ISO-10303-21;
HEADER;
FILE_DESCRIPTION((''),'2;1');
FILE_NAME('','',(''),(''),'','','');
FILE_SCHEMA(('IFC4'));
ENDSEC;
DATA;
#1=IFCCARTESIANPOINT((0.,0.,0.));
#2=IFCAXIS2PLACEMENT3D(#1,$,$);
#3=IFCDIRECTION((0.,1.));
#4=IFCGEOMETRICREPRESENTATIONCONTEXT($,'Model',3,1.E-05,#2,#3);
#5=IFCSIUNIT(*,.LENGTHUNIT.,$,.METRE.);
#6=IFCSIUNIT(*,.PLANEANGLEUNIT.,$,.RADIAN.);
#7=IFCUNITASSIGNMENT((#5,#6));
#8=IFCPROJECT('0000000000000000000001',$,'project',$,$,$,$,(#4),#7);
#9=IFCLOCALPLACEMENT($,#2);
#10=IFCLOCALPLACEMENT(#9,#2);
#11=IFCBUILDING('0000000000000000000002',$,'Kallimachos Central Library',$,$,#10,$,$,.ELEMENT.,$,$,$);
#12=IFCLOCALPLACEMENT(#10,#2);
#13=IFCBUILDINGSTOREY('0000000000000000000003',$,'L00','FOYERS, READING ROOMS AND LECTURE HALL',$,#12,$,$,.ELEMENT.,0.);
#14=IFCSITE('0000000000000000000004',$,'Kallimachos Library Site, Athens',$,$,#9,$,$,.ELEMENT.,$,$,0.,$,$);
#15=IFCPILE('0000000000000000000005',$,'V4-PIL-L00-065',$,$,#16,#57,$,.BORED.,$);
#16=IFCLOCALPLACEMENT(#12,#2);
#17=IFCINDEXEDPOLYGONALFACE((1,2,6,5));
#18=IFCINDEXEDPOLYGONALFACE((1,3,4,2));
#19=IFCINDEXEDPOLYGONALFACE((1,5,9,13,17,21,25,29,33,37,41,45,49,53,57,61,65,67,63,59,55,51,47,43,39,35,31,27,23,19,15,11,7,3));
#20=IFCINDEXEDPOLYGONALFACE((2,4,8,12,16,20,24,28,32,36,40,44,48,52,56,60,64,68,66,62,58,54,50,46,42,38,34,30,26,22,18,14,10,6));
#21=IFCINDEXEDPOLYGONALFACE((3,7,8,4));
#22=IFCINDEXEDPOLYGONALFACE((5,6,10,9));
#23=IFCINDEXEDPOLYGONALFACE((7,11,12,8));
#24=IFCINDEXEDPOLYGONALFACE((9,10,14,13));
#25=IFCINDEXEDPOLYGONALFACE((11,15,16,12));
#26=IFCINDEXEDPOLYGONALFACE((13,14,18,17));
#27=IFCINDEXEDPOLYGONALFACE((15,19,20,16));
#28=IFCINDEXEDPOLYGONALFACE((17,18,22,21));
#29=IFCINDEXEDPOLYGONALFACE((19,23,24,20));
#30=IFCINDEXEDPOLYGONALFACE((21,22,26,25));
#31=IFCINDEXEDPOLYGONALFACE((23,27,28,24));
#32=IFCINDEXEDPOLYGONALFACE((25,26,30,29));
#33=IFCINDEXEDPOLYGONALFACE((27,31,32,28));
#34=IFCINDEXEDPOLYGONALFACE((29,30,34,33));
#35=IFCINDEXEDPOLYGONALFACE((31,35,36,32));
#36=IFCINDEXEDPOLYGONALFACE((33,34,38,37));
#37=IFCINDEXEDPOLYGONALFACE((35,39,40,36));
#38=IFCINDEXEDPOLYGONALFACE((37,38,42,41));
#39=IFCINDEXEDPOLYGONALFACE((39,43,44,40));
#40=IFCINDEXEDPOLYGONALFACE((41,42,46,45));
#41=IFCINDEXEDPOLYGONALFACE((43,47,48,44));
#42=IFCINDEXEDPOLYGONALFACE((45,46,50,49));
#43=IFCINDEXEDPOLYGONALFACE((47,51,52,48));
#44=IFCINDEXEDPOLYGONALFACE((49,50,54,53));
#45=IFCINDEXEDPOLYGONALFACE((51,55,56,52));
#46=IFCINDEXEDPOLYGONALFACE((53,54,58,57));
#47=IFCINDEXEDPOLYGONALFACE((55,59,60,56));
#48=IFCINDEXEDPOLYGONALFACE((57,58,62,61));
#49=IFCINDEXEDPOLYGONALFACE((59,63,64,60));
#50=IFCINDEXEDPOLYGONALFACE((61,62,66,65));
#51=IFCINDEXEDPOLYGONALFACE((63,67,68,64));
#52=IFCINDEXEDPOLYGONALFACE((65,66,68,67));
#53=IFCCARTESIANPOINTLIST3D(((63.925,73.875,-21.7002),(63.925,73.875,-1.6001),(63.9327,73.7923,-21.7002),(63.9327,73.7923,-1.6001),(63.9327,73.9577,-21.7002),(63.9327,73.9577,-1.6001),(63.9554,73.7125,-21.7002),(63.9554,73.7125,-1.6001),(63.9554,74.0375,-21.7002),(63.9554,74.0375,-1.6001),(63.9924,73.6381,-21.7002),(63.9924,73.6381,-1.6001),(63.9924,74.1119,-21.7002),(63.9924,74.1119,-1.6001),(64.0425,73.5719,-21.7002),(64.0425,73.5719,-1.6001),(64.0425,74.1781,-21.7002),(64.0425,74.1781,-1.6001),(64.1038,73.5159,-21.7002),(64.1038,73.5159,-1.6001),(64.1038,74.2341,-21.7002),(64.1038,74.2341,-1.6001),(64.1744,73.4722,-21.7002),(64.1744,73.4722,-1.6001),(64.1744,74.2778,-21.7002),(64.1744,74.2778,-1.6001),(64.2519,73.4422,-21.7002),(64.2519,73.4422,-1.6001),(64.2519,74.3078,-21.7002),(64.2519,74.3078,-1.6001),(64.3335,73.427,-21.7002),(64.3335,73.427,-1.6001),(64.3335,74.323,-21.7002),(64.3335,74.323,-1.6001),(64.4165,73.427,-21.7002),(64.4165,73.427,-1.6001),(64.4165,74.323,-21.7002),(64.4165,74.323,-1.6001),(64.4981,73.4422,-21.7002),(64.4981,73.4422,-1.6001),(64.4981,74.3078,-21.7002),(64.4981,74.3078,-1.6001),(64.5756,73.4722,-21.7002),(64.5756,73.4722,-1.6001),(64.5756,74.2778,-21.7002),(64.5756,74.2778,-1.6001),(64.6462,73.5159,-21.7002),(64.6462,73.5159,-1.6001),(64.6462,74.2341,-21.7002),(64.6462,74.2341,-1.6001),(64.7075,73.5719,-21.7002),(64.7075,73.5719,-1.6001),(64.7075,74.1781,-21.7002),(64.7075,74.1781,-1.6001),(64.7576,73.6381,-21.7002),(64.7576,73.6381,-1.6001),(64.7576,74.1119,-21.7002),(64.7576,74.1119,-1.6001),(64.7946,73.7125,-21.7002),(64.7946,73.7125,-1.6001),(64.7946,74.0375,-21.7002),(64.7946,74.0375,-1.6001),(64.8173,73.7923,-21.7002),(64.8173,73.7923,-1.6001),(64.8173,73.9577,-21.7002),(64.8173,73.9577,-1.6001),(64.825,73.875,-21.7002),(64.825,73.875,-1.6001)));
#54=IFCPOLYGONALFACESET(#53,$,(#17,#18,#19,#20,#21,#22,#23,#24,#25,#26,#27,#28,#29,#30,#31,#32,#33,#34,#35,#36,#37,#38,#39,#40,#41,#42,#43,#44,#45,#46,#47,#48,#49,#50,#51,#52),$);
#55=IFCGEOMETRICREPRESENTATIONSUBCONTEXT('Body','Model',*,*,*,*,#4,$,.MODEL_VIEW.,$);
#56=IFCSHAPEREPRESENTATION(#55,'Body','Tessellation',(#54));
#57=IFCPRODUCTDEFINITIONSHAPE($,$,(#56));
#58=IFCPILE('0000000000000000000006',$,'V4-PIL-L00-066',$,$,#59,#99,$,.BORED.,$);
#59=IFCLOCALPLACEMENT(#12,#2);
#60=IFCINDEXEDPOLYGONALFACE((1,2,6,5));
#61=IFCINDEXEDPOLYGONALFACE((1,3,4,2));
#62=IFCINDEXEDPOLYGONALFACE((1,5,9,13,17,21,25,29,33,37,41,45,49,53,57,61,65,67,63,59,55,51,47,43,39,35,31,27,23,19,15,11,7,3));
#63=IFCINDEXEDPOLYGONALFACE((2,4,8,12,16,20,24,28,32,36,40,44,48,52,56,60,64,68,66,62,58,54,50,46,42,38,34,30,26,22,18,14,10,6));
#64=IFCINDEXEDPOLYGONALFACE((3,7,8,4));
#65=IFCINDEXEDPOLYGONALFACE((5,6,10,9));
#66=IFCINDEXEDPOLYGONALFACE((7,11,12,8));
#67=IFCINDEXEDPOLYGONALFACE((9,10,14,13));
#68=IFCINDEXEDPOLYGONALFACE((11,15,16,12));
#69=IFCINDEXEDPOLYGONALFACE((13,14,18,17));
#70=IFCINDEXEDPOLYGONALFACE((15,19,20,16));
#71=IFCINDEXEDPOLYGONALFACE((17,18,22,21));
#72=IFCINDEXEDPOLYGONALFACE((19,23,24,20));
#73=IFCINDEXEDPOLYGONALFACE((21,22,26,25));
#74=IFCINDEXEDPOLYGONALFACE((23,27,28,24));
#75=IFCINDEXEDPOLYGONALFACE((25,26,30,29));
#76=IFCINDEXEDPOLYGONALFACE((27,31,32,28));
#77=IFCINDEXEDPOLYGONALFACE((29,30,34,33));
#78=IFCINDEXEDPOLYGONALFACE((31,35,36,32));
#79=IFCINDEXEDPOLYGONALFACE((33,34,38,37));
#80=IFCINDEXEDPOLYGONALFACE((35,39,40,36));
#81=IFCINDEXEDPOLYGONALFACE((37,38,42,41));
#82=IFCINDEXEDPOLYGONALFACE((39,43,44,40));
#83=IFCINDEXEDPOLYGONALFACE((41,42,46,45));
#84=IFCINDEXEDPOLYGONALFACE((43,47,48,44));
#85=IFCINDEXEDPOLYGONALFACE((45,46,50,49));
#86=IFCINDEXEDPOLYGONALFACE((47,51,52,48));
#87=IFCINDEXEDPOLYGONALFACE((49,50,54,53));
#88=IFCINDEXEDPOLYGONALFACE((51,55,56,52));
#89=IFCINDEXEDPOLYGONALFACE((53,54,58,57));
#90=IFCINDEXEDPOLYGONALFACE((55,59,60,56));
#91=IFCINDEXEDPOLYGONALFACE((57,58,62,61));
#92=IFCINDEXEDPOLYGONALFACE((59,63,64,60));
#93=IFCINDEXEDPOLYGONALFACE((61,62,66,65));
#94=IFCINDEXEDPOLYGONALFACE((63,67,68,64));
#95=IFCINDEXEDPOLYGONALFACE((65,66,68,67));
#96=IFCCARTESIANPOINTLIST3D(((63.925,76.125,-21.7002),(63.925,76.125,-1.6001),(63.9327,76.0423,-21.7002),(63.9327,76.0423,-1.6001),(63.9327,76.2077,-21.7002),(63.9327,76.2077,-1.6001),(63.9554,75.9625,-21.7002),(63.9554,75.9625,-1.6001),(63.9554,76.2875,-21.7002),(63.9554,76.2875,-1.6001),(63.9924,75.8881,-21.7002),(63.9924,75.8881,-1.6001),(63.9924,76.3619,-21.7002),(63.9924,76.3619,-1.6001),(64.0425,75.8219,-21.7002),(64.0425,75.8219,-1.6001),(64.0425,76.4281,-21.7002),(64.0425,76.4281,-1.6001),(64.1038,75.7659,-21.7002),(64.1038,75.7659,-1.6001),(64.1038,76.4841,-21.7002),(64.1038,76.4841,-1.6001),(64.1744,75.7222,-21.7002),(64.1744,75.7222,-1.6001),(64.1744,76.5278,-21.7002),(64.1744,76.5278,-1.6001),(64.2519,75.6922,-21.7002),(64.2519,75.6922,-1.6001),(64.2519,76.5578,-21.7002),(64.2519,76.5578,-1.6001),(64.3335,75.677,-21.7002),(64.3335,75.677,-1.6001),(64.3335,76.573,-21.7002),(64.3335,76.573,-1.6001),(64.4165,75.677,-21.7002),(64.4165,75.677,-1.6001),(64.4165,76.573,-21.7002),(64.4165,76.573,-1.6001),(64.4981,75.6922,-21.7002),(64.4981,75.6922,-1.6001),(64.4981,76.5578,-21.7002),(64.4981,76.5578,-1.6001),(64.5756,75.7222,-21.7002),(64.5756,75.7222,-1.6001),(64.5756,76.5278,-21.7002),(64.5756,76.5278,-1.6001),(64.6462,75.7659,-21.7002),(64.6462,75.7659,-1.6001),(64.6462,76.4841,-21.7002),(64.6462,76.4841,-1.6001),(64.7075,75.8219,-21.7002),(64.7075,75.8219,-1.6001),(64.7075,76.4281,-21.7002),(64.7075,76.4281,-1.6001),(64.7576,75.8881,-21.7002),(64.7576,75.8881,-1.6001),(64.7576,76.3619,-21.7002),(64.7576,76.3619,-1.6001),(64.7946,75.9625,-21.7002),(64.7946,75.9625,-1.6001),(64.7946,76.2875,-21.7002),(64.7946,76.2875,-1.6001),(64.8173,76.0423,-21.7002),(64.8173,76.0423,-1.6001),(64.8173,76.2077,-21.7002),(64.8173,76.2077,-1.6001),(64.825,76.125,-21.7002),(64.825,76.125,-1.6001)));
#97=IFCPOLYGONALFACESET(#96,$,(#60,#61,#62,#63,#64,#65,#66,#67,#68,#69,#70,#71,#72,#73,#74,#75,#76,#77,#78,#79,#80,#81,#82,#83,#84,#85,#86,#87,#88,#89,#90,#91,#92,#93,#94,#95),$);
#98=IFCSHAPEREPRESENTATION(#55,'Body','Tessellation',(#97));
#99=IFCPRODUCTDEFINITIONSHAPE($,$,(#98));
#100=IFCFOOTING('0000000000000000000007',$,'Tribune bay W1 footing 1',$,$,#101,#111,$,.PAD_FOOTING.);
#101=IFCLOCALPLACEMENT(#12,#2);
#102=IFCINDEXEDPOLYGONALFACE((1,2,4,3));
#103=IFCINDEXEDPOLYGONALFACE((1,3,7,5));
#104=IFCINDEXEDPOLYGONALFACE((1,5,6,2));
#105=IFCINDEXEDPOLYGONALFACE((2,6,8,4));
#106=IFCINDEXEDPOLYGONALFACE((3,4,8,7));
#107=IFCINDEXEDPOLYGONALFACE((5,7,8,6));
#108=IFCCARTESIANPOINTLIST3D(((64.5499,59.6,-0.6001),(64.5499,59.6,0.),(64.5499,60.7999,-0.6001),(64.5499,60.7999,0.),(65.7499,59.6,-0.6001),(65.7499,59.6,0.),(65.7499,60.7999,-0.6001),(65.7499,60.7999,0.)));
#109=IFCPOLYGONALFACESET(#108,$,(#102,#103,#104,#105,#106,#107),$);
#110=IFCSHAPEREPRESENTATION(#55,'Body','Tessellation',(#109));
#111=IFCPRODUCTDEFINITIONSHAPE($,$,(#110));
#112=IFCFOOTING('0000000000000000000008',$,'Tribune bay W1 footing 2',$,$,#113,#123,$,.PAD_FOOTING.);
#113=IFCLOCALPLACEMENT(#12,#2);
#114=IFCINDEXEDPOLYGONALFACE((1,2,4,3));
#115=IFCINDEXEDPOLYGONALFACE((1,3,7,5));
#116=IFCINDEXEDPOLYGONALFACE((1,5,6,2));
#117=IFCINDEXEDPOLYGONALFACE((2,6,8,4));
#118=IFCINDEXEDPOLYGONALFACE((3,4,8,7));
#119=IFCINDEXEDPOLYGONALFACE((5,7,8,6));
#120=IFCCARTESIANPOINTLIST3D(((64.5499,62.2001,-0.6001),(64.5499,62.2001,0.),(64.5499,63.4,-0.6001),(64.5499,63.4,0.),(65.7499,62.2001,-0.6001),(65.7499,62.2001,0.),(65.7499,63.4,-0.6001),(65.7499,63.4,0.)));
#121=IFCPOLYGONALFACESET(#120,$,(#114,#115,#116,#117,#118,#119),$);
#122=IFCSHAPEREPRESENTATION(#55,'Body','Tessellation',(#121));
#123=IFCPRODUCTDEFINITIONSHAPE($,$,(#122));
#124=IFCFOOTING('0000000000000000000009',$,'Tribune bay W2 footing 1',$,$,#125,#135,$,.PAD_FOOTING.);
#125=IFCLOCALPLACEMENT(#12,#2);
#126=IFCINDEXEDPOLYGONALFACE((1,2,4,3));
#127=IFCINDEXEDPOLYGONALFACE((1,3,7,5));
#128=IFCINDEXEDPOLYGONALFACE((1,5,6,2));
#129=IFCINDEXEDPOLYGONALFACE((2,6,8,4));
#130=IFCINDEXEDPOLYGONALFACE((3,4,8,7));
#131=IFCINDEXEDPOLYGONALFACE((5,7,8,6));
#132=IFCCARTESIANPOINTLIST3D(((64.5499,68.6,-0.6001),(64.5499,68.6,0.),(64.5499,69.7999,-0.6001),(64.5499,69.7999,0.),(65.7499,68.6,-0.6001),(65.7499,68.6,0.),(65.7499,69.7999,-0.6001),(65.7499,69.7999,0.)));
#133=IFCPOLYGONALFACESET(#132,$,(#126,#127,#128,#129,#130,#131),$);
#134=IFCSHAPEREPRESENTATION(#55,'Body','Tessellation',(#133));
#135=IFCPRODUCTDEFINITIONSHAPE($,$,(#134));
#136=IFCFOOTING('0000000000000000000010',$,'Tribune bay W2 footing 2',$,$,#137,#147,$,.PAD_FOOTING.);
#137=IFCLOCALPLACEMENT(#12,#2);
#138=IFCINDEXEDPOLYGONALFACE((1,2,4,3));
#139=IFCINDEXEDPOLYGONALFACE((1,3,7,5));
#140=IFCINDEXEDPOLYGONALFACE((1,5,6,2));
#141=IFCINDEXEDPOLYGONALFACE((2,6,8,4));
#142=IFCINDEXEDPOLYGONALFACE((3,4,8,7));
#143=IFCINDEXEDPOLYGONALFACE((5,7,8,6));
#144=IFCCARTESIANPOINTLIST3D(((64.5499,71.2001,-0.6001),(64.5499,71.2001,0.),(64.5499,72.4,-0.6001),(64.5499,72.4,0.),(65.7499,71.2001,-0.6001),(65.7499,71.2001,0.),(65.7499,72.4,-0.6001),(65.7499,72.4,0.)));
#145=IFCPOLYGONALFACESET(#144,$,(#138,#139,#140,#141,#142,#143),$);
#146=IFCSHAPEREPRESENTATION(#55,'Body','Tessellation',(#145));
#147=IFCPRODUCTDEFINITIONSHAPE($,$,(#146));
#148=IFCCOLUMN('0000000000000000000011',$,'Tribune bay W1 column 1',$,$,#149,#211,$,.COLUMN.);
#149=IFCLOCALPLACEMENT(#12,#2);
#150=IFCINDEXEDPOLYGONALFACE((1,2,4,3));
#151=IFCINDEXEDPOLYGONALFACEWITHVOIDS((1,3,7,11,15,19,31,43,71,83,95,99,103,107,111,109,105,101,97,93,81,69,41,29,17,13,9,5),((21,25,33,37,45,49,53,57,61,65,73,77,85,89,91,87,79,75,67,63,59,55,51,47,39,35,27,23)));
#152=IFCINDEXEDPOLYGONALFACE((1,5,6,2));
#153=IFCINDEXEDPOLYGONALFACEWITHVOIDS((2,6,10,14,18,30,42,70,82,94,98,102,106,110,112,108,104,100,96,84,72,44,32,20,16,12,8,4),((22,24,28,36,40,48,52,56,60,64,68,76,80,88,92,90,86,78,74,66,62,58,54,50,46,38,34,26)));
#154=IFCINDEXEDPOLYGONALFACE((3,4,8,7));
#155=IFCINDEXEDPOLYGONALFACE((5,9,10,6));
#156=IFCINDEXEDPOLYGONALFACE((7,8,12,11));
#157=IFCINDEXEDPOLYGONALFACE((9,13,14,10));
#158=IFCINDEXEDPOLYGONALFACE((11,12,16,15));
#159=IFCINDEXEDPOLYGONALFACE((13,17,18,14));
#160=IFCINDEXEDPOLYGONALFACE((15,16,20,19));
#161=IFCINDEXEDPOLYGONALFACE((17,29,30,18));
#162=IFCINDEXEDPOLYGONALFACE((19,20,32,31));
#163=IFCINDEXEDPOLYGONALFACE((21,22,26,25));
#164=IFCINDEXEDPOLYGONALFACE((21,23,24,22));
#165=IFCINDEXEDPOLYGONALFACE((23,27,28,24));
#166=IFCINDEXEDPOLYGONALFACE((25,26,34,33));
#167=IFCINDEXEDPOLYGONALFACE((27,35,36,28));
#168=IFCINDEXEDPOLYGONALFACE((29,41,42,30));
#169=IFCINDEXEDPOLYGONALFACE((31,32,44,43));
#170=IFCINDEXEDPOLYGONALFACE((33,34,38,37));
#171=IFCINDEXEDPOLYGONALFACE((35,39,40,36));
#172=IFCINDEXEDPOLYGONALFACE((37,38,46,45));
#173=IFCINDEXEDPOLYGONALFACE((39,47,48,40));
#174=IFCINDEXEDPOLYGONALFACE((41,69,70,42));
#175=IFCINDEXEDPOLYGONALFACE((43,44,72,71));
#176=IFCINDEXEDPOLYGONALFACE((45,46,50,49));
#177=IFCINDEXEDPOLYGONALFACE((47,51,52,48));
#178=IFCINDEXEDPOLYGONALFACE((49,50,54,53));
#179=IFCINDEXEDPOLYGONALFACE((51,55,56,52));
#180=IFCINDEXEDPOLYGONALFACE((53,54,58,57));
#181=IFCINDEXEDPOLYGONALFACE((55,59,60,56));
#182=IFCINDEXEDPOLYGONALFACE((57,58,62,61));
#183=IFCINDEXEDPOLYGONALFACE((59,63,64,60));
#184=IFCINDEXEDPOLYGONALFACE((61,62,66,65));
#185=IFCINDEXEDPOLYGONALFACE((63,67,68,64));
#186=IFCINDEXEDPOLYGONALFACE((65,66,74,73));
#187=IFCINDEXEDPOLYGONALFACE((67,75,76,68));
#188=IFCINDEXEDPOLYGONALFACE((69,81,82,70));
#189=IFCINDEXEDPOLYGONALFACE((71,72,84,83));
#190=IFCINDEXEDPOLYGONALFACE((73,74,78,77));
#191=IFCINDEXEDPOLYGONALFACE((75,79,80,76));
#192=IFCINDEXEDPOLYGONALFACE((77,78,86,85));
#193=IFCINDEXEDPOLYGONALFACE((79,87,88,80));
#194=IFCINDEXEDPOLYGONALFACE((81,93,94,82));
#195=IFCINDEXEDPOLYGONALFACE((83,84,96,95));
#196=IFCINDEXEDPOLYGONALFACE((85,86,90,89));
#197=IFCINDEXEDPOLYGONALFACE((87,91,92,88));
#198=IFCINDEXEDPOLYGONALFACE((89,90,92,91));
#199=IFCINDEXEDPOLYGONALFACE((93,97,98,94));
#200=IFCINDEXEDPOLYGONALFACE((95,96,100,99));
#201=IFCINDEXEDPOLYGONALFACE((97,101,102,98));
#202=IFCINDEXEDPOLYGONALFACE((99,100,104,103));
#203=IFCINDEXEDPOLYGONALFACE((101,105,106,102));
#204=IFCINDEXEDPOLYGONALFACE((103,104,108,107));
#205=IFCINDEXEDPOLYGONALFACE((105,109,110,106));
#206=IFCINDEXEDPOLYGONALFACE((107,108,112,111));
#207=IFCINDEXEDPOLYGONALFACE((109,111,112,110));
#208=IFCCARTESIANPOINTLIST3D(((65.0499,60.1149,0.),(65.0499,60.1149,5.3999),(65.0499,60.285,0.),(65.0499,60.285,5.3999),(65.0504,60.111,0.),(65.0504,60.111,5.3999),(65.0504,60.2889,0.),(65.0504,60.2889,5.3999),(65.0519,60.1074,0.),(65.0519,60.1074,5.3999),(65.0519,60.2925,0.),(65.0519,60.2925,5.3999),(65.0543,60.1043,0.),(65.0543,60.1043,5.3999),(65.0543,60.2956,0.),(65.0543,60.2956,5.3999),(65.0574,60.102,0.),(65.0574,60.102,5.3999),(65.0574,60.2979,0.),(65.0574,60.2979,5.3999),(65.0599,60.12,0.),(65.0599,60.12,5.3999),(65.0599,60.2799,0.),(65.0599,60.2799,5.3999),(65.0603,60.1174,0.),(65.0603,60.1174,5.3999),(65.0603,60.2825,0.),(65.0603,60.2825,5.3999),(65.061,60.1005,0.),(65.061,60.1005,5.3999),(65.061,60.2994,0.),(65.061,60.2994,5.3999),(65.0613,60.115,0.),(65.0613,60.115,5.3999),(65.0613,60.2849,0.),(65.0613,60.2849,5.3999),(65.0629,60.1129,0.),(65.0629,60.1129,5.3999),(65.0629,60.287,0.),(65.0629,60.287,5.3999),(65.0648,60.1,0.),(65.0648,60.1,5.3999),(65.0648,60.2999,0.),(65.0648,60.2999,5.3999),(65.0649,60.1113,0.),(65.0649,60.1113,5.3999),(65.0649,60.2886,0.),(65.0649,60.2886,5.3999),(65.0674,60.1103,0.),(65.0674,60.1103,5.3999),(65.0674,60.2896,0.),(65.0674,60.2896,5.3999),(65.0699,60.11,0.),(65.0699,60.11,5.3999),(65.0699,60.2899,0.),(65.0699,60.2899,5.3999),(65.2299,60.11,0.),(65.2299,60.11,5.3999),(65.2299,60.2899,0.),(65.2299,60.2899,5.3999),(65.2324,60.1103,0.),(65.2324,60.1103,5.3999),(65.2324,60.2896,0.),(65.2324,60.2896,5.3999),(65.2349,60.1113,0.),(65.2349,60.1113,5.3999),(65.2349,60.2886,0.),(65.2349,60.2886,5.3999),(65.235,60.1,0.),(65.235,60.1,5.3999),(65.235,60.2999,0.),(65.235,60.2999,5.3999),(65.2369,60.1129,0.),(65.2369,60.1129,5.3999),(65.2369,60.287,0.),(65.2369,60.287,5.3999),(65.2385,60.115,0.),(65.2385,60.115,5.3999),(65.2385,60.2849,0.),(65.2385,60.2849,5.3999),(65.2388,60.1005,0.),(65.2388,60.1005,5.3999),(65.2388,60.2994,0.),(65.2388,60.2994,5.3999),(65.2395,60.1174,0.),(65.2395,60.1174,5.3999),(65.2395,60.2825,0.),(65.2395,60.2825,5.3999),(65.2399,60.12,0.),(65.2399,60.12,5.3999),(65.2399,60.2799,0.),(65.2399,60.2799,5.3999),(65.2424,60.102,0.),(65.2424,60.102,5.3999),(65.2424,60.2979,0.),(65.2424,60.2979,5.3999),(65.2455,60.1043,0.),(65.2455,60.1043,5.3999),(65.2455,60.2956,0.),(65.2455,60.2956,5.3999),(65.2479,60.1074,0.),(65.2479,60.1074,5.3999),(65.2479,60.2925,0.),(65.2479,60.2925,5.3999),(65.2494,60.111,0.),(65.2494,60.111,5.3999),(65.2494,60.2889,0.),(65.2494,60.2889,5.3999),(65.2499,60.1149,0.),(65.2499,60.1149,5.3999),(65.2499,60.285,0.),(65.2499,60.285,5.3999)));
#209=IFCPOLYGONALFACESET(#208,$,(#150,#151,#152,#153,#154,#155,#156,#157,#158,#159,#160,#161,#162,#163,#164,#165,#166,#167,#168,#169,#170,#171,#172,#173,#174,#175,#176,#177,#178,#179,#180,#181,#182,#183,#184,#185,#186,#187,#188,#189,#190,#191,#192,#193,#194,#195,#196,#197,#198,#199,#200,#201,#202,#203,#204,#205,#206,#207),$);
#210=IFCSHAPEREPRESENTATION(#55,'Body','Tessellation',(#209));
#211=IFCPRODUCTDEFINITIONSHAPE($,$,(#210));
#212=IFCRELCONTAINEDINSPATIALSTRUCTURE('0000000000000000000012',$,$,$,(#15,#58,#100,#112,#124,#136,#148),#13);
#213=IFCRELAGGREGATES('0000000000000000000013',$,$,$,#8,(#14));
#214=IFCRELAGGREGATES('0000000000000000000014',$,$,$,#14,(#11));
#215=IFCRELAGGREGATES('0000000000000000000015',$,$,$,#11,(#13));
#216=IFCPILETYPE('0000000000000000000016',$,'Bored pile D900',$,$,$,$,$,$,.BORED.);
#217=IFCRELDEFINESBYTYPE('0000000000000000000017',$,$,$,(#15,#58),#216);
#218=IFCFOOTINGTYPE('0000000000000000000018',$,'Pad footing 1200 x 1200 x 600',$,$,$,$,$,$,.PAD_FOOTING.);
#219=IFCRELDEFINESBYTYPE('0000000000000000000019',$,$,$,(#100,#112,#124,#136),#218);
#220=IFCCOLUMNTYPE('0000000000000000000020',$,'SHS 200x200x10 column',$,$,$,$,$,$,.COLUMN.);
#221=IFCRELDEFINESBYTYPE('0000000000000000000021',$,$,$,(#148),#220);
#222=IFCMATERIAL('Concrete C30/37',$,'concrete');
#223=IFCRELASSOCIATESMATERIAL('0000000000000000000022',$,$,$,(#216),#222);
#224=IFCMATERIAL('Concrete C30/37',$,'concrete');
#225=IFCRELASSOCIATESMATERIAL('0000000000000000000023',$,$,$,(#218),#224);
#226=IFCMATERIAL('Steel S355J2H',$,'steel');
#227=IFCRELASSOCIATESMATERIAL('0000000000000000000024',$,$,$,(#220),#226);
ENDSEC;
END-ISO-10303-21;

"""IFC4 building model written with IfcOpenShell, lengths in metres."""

from ifc_helpers import new_model, si_unit, direction, frame, origin, origin_2d, place, context, subcontext, project, spatial, rectangle, hollow_rectangle, circle, extrude, material, material_profile, profile_set, type_object, element, save


model = new_model("IFC4")

# Units and contexts
model_context = context("Model", 3, precision=1e-05, world=origin(), true_north=direction((0.0, 1.0)))
body_context = subcontext(model_context, "Body", "Model", "MODEL_VIEW")
ifc_project = project(units=[si_unit("LENGTHUNIT", "METRE"), si_unit("PLANEANGLEUNIT", "RADIAN")], contexts=[model_context])

# Site, building, storey
site_placement = place(None, origin())
site = spatial("IfcSite", under=ifc_project, at=site_placement, Name="Kallimachos Library Site, Athens", CompositionType="ELEMENT", RefElevation=0.0)
building_placement = place(site_placement, origin())
building = spatial("IfcBuilding", under=site, at=building_placement, Name="Kallimachos Central Library", CompositionType="ELEMENT")
storey_placement = place(building_placement, origin())
storey = spatial("IfcBuildingStorey", under=building, at=storey_placement, Name="L00", Description="FOYERS, READING ROOMS AND LECTURE HALL", CompositionType="ELEMENT", Elevation=0.0)

# Piles
ifc_material_1 = material(Name="Concrete C30/37", Category="concrete")
pile_type = type_object("IfcPileType", Name="Bored pile D900", PredefinedType="BORED", material=ifc_material_1)
for number, where, z_axis, x_axis, name in (
    (1, (64.375, 73.875, -1.6001), (0.0, 0.0, -1.0), (1.0, 0.0, 0.0), "V4-PIL-L00-065"),
    (2, (64.375, 76.125, -1.6001), (0.0, 0.0, -1.0), (1.0, 0.0, 0.0), "V4-PIL-L00-066"),
):
    element("IfcPile", number, at=place(storey_placement, frame(where, z_axis=z_axis, x_axis=x_axis)), inside=storey, type_object=pile_type, Name=name, PredefinedType="BORED", context=body_context, shape_type="SweptSolid", body=[
        extrude(circle(Radius=0.45, at=origin_2d()), origin(), (0.0, 0.0, 1.0), 20.1001),
    ])

# Footings
ifc_material_2 = material(Name="Concrete C30/37", Category="concrete")
footing_type = type_object("IfcFootingType", Name="Pad footing 1200 x 1200 x 600", PredefinedType="PAD_FOOTING", material=ifc_material_2)
for number, where, z_axis, x_axis, name in (
    (3, (65.1499, 60.2, -0.6001), (0.0, 0.0, 1.0), (1.0, 0.0, 0.0), "Tribune bay W1 footing 1"),
    (4, (65.1499, 62.8, -0.6001), (0.0, 0.0, 1.0), (1.0, 0.0, 0.0), "Tribune bay W1 footing 2"),
    (5, (65.1499, 69.2, -0.6001), (0.0, 0.0, 1.0), (1.0, 0.0, 0.0), "Tribune bay W2 footing 1"),
    (6, (65.1499, 71.8, -0.6001), (0.0, 0.0, 1.0), (1.0, 0.0, 0.0), "Tribune bay W2 footing 2"),
):
    element("IfcFooting", number, at=place(storey_placement, frame(where, z_axis=z_axis, x_axis=x_axis)), inside=storey, type_object=footing_type, Name=name, PredefinedType="PAD_FOOTING", context=body_context, shape_type="SweptSolid", body=[
        extrude(rectangle(XDim=1.2, YDim=1.2, at=origin_2d()), origin(), (0.0, 0.0, 1.0), 0.6001),
    ])

# Column
ifc_material_3 = material(Name="Steel S355J2H", Category="steel")
ifc_material_profile = material_profile(ifc_material_3, hollow_rectangle(XDim=0.2, YDim=0.2, WallThickness=0.01, InnerFilletRadius=0.01, OuterFilletRadius=0.0149, at=origin_2d()), Name="SHS 200x200x10")
ifc_profile_set = profile_set([ifc_material_profile], Name="Steel S355J2H")
column_type = type_object("IfcColumnType", Name="SHS 200x200x10 column", PredefinedType="COLUMN", material=ifc_profile_set)
for number, where, z_axis, x_axis, name in (
    (7, (65.1499, 60.2, 0.0), (0.0, 0.0, 1.0), (1.0, 0.0, 0.0), "Tribune bay W1 column 1"),
):
    element("IfcColumn", number, at=place(storey_placement, frame(where, z_axis=z_axis, x_axis=x_axis)), inside=storey, type_object=column_type, Name=name, PredefinedType="COLUMN", context=body_context, shape_type="SweptSolid", body=[
        extrude(hollow_rectangle(XDim=0.2, YDim=0.2, WallThickness=0.01, InnerFilletRadius=0.01, OuterFilletRadius=0.0149, at=origin_2d()), origin(), (0.0, 0.0, 1.0), 5.3999),
    ])

save(model, "model.ifc")
